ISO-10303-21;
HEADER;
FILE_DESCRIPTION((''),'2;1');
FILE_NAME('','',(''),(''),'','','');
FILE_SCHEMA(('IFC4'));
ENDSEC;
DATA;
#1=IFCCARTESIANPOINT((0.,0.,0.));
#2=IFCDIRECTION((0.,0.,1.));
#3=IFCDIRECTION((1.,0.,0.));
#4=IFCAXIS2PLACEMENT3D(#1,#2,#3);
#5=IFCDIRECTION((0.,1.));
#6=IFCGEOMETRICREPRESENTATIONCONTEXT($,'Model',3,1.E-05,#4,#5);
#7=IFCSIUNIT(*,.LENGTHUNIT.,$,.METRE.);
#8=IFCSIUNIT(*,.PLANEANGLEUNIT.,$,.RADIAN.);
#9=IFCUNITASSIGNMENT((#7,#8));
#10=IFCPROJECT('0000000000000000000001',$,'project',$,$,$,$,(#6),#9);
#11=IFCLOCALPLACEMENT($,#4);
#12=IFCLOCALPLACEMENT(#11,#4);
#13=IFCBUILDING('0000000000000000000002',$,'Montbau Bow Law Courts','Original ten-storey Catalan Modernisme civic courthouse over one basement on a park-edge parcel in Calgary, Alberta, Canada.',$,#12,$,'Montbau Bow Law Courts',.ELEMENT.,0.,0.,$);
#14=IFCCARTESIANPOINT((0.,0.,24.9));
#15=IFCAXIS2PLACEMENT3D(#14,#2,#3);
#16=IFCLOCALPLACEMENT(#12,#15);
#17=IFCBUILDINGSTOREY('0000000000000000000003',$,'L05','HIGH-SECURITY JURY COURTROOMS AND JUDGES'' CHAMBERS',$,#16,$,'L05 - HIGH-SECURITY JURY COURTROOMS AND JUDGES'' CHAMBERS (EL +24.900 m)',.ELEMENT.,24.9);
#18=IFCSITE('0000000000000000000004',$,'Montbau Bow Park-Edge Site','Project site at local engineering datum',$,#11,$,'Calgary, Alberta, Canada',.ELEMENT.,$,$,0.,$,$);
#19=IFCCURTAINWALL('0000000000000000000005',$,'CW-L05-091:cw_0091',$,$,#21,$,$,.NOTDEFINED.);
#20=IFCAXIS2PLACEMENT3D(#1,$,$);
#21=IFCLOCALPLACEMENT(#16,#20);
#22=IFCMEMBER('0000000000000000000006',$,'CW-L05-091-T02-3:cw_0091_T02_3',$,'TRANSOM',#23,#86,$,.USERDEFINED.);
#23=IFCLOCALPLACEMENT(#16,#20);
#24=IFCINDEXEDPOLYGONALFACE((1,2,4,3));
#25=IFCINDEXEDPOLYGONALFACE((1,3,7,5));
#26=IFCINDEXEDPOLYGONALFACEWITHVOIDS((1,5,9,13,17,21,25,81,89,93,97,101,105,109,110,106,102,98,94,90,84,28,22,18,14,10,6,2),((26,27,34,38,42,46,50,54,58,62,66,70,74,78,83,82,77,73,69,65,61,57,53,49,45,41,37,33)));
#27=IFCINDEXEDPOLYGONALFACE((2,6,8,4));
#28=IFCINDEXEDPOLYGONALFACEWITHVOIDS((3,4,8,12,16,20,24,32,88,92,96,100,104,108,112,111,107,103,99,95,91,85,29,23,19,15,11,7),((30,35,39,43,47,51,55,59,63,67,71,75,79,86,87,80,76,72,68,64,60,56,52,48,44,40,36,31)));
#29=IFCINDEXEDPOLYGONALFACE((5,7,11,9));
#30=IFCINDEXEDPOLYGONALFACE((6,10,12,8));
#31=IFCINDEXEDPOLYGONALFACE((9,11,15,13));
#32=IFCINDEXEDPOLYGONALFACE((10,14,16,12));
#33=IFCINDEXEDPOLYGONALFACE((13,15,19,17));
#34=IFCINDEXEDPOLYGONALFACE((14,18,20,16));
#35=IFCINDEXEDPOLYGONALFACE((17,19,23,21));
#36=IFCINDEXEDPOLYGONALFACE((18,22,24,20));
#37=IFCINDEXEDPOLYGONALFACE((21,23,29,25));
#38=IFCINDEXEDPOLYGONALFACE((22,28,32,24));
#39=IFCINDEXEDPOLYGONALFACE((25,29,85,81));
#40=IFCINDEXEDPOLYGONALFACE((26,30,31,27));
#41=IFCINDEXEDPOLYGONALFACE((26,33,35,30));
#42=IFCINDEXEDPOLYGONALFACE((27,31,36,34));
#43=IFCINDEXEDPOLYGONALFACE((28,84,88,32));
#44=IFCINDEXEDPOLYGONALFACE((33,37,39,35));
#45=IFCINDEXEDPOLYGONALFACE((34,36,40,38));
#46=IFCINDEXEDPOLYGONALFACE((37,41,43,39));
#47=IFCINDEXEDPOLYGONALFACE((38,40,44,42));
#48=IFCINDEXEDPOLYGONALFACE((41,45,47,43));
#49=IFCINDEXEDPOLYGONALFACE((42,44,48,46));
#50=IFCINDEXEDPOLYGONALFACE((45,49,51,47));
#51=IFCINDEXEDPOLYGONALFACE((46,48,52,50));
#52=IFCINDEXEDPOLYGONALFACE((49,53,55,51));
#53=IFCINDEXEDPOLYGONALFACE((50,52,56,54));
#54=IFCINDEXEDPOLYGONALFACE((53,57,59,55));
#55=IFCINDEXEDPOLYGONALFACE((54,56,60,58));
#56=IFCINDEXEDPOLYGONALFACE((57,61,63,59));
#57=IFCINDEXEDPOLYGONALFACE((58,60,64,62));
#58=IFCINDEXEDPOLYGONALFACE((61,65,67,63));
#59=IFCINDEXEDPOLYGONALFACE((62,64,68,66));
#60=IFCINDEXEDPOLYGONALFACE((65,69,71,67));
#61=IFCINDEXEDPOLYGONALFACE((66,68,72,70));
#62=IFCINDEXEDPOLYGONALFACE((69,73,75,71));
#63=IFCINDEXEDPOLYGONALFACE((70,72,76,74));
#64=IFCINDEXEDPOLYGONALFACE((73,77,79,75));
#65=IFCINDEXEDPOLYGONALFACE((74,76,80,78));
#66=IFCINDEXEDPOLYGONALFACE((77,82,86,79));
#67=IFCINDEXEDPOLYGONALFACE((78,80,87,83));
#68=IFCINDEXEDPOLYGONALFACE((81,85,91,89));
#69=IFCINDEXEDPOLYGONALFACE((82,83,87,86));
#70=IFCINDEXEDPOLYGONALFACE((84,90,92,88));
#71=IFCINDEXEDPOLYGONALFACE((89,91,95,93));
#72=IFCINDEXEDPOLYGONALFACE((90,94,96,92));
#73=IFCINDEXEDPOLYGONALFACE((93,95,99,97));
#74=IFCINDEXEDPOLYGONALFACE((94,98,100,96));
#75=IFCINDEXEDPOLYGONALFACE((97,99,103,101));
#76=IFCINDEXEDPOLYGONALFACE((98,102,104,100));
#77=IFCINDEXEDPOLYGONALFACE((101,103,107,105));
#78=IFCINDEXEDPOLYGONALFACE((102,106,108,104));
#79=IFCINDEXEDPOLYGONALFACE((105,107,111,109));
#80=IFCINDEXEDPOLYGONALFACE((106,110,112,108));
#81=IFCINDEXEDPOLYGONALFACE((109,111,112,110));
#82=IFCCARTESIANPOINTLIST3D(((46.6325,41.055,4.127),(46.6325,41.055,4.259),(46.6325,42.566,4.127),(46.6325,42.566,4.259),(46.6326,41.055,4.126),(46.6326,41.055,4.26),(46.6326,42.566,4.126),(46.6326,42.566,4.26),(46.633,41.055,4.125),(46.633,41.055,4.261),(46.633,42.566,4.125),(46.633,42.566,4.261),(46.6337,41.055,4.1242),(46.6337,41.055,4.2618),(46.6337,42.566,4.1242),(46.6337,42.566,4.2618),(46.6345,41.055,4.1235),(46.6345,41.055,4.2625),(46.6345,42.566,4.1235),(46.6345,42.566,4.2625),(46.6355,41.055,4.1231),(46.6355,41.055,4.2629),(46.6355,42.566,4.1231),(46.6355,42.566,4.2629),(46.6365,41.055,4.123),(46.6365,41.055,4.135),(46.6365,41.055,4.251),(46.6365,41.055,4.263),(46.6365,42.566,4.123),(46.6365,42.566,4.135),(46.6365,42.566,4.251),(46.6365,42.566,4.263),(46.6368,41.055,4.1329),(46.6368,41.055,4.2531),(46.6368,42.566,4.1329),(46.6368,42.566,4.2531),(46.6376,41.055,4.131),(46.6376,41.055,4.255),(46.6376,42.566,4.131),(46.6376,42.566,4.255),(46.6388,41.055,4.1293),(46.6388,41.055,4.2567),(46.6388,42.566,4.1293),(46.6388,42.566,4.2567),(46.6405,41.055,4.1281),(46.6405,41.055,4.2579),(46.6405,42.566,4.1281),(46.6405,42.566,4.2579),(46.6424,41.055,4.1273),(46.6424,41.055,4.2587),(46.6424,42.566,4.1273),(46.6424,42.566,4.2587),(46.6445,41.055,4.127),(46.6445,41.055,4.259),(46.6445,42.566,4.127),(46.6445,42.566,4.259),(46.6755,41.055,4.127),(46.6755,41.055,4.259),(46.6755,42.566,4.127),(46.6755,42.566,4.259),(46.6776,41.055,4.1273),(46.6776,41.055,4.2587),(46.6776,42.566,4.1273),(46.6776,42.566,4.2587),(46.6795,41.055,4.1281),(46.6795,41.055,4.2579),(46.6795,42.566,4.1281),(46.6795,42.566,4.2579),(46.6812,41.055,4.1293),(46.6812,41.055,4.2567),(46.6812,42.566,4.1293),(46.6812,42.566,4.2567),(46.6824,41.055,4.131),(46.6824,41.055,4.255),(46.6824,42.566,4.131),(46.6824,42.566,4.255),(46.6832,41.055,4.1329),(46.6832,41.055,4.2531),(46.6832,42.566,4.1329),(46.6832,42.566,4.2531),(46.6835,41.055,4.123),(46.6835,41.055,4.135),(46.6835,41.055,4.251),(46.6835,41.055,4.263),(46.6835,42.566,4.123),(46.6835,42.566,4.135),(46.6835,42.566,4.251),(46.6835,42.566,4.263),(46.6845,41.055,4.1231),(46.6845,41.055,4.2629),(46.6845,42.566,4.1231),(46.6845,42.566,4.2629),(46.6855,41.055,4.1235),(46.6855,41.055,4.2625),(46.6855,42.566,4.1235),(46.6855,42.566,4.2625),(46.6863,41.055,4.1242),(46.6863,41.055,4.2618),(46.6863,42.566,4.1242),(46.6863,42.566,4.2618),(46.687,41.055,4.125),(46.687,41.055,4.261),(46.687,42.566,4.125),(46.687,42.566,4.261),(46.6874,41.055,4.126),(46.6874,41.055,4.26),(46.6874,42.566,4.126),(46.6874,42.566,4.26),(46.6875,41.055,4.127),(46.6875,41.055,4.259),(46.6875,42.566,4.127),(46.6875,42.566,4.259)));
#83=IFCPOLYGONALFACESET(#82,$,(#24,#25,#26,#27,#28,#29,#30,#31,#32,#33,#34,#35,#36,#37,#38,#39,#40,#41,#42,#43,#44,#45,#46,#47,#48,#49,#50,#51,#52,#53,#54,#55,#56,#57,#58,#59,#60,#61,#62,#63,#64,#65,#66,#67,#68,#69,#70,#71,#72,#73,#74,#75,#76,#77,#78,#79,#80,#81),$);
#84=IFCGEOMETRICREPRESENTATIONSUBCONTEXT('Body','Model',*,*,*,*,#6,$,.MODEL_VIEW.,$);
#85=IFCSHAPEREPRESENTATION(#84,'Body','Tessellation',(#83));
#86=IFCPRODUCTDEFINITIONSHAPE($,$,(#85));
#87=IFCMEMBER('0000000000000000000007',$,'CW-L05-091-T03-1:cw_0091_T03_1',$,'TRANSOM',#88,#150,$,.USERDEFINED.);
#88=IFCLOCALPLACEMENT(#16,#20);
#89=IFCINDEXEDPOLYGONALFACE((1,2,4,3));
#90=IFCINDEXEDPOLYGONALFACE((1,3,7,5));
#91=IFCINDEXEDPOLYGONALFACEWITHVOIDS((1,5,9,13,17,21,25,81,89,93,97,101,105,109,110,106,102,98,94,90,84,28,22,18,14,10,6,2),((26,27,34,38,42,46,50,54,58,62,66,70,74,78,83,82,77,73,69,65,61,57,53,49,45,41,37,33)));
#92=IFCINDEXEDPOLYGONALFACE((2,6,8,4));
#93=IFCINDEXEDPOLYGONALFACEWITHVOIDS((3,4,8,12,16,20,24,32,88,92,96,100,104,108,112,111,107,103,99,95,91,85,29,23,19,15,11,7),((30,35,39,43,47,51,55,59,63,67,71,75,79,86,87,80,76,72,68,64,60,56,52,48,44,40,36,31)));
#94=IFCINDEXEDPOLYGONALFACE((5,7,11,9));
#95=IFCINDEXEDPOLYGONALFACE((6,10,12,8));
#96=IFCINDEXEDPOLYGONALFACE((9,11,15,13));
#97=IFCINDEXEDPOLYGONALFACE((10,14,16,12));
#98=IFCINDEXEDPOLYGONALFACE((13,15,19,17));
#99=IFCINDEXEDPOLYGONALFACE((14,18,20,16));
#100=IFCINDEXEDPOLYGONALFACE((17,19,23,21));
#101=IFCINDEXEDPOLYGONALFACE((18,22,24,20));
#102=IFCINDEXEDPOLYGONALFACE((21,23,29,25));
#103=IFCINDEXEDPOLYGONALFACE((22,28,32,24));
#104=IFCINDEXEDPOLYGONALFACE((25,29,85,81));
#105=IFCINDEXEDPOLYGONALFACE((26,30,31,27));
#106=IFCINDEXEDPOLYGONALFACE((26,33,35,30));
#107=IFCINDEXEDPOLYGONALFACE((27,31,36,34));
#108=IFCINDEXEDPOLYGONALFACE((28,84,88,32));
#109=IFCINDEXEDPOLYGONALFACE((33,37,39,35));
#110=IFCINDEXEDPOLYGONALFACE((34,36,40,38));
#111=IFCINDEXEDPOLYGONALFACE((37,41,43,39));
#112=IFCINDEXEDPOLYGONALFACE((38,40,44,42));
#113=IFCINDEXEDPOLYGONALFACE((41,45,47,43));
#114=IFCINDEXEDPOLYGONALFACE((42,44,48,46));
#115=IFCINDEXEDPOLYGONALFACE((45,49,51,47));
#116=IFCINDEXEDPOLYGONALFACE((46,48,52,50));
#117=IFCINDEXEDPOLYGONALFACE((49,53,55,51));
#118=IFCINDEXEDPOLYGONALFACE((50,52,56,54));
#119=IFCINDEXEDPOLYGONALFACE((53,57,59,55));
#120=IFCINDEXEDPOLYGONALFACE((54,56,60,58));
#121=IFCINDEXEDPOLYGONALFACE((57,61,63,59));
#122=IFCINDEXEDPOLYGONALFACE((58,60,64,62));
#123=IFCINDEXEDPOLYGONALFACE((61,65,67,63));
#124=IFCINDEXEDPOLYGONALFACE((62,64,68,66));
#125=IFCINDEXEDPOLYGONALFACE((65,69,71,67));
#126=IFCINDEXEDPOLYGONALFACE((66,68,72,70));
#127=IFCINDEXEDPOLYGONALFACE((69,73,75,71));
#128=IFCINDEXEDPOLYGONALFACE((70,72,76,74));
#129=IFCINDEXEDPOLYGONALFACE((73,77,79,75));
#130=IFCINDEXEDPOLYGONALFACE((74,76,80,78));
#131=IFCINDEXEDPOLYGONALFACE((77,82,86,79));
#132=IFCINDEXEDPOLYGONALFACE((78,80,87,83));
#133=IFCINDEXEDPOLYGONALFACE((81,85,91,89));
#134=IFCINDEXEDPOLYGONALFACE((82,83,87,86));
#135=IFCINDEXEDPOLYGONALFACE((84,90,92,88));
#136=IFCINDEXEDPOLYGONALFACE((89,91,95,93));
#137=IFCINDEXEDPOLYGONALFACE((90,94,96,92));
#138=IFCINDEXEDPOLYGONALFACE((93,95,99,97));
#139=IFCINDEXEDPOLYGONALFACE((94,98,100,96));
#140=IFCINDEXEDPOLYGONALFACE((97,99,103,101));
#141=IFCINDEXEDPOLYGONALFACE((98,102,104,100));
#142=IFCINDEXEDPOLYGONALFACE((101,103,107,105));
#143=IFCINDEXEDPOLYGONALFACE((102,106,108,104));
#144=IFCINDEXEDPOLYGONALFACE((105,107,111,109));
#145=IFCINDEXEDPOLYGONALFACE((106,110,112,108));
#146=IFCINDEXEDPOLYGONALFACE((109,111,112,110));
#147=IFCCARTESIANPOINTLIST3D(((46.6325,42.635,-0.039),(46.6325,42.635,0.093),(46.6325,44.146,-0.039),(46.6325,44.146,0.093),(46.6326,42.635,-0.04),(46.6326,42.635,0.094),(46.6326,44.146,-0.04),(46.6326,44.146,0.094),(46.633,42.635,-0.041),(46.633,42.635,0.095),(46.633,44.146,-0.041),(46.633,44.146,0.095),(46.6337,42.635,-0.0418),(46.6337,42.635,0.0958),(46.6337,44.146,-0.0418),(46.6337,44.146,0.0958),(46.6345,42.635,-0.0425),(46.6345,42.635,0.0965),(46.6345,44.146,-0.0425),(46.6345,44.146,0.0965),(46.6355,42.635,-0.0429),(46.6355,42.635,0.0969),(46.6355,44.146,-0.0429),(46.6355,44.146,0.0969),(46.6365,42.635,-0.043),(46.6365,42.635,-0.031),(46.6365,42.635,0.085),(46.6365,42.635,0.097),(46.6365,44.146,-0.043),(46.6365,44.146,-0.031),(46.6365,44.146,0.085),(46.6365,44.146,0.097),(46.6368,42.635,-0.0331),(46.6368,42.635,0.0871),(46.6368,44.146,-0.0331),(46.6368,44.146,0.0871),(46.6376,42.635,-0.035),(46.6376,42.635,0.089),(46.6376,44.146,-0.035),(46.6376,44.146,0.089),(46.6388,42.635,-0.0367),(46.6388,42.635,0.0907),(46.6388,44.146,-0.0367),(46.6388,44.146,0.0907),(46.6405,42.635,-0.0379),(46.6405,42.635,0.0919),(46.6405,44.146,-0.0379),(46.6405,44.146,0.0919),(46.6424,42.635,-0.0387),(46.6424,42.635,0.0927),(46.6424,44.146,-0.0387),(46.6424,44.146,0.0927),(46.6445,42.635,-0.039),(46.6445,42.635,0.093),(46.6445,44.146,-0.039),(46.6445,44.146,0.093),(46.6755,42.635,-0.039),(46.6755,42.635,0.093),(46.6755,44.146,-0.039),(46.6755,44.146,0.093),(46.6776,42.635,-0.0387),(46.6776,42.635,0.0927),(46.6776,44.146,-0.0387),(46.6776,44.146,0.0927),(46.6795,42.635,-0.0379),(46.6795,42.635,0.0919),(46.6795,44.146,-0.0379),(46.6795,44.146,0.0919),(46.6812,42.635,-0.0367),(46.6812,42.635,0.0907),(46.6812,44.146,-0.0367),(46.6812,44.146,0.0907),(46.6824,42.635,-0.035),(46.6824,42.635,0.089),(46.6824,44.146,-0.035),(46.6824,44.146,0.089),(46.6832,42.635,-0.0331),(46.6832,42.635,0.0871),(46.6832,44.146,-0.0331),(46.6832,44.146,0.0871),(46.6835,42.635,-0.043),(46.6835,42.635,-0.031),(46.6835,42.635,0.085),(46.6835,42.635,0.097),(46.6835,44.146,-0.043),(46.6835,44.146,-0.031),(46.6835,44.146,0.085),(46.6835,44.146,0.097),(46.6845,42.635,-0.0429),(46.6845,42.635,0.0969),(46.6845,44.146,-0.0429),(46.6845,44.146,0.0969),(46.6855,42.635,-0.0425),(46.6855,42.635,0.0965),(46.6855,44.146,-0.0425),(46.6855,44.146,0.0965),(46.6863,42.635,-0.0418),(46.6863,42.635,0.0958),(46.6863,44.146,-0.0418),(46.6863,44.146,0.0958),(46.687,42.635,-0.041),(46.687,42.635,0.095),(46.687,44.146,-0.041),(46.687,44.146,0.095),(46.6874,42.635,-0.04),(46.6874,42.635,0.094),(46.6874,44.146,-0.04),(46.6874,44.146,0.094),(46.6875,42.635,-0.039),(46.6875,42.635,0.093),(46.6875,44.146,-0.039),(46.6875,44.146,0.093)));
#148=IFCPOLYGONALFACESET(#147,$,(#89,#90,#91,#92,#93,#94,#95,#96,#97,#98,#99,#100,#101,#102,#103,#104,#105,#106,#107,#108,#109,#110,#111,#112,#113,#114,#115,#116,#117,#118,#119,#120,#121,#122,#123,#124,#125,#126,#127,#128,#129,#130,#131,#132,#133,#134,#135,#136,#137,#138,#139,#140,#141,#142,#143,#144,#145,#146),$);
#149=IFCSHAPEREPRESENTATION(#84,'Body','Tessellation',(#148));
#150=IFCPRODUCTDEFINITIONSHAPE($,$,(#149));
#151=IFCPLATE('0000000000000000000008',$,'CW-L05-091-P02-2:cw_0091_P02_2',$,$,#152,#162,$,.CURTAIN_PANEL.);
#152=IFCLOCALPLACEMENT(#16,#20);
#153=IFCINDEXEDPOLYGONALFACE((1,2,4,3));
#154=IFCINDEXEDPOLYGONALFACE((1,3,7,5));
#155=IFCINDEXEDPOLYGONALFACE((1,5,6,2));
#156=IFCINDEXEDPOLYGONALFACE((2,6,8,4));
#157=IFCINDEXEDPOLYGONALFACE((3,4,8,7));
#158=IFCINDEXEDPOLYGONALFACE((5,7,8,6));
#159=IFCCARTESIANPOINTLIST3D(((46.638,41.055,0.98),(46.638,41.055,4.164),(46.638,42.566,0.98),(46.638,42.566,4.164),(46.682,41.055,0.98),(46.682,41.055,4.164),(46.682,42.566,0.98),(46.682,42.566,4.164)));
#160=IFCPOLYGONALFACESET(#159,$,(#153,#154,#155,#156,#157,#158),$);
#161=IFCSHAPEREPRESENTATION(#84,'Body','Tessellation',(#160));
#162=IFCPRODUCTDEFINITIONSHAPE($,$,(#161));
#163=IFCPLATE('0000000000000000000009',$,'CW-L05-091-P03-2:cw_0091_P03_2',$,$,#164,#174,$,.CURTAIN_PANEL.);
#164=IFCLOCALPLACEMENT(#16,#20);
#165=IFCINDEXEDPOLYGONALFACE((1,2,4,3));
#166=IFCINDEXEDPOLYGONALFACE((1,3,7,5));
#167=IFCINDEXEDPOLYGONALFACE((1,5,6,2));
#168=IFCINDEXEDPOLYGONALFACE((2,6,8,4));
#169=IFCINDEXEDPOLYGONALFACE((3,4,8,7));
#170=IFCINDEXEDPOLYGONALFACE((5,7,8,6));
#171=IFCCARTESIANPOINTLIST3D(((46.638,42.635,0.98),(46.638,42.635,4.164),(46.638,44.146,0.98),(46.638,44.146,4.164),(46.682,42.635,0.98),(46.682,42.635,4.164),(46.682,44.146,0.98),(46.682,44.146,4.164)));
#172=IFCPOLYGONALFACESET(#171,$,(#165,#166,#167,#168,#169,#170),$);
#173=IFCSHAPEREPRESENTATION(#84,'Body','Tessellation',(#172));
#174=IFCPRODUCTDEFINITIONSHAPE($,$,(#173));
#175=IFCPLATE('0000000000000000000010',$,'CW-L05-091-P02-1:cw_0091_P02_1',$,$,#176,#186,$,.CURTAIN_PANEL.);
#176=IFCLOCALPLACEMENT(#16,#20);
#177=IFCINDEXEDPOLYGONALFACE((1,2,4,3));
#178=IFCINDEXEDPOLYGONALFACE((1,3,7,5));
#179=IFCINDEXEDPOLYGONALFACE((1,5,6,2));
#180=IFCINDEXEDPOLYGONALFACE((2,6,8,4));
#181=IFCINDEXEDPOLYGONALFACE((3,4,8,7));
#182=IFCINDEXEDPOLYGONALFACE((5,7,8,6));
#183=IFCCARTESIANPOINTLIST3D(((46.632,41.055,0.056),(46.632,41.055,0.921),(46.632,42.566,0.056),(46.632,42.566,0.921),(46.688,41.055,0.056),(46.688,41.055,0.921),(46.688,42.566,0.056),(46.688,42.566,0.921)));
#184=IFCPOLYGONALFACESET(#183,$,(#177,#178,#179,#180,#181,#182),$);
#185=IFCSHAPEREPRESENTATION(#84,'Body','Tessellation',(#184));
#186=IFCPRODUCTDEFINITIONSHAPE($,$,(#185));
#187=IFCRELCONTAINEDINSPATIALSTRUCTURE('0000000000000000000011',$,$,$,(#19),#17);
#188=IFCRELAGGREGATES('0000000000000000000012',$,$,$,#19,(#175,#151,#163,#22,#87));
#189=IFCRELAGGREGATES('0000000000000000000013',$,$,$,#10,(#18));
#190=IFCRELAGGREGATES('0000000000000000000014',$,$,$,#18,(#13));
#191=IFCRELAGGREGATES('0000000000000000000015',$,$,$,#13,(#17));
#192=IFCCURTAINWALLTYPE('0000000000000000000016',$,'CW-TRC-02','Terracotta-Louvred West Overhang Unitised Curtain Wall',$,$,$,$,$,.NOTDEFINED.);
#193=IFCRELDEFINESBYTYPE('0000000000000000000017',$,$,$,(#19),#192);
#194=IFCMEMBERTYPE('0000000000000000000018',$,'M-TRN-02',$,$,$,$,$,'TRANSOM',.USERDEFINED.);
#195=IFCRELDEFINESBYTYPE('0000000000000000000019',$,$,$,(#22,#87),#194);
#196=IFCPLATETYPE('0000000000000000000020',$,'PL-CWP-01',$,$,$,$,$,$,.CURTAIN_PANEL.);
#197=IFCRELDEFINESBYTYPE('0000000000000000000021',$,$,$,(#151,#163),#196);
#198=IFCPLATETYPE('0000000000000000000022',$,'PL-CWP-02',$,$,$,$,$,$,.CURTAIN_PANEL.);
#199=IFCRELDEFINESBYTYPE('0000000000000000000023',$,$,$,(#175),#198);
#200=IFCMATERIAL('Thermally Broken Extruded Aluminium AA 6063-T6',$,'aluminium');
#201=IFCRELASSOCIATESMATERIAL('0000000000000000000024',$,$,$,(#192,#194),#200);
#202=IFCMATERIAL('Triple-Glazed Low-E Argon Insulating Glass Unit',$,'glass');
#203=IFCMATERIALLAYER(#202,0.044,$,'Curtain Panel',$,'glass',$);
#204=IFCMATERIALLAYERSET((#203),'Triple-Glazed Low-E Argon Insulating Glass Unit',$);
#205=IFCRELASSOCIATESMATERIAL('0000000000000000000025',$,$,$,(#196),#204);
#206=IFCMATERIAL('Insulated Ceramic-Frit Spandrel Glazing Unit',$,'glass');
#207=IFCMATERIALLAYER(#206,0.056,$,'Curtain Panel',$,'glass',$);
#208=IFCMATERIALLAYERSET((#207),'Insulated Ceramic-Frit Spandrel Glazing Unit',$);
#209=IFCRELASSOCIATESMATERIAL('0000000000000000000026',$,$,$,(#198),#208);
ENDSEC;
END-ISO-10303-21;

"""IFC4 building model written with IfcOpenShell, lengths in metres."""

from ifc_helpers import new_model, si_unit, direction, frame, frame_2d, origin_with_axes, origin_2d_with_axis, place, context, subcontext, project, spatial, rectangle, hollow_rectangle, extrude, material, layer, layer_set, material_profile, profile_set, type_object, element, aggregate, save


model = new_model("IFC4")

# Units and contexts
model_context = context("Model", 3, precision=1e-05, world=origin_with_axes(), true_north=direction((0.0, 1.0)))
body_context = subcontext(model_context, "Body", "Model", "MODEL_VIEW")
ifc_project = project(units=[si_unit("LENGTHUNIT", "METRE"), si_unit("PLANEANGLEUNIT", "RADIAN")], contexts=[model_context])

# Site, building, storey
site_placement = place(None, origin_with_axes())
site = spatial("IfcSite", under=ifc_project, at=site_placement, Name="Montbau Bow Park-Edge Site", Description="Project site at local engineering datum", LongName="Calgary, Alberta, Canada", CompositionType="ELEMENT", RefElevation=0.0)
building_placement = place(site_placement, origin_with_axes())
building = spatial("IfcBuilding", under=site, at=building_placement, Name="Montbau Bow Law Courts", Description="Original ten-storey Catalan Modernisme civic courthouse over one basement on a park-edge parcel in Calgary, Alberta, Canada.", LongName="Montbau Bow Law Courts", CompositionType="ELEMENT", ElevationOfRefHeight=0.0, ElevationOfTerrain=0.0)
storey_placement = place(building_placement, frame((0.0, 0.0, 24.9), z_axis=(0.0, 0.0, 1.0), x_axis=(1.0, 0.0, 0.0)))
storey = spatial("IfcBuildingStorey", under=building, at=storey_placement, Name="L05", Description="HIGH-SECURITY JURY COURTROOMS AND JUDGES' CHAMBERS", LongName="L05 - HIGH-SECURITY JURY COURTROOMS AND JUDGES' CHAMBERS (EL +24.900 m)", CompositionType="ELEMENT", Elevation=24.9)

# Curtain wall, members, plates
ifc_material_1 = material(Name="Thermally Broken Extruded Aluminium AA 6063-T6", Category="aluminium")
curtain_wall_type = type_object("IfcCurtainWallType", Name="CW-TRC-02", Description="Terracotta-Louvred West Overhang Unitised Curtain Wall", PredefinedType="NOTDEFINED", material=ifc_material_1)
curtain_wall_placement = place(None, frame((46.66, 39.44, 24.9), z_axis=(0.0, 0.0, 1.0), x_axis=(1.0, 0.0, 0.0)))
curtain_wall = element("IfcCurtainWall", 1, at=curtain_wall_placement, inside=storey, type_object=curtain_wall_type, Name="CW-L05-091:cw_0091", PredefinedType="NOTDEFINED")
ifc_material_profile_1 = material_profile(ifc_material_1, hollow_rectangle(XDim=0.055, YDim=0.14, WallThickness=0.004, InnerFilletRadius=0.008, OuterFilletRadius=0.004, at=origin_2d_with_axis()), Name="CWT-140X55", Category="Main", Priority=0)
ifc_profile_set_1 = profile_set([ifc_material_profile_1], Name="Thermally Broken Extruded Aluminium AA 6063-T6")
member_type_1 = type_object("IfcMemberType", Name="M-TRN-02", ElementType="TRANSOM", PredefinedType="USERDEFINED", material=ifc_profile_set_1)
member_1_placement = place(None, frame((46.66, 41.055, 29.093), z_axis=(0.0, 1.0, 0.0), x_axis=(-1.0, 0.0, 0.0)))
member_1 = element("IfcMember", 2, at=member_1_placement, type_object=member_type_1, Name="CW-L05-091-T02-3:cw_0091_T02_3", ObjectType="TRANSOM", PredefinedType="USERDEFINED", context=body_context, shape_type="SweptSolid", body=[
    extrude(hollow_rectangle(XDim=0.055, YDim=0.14, WallThickness=0.004, InnerFilletRadius=0.008, OuterFilletRadius=0.004, at=origin_2d_with_axis()), origin_with_axes(), (0.0, 0.0, 1.0), 1.511),
])
member_2_placement = place(None, frame((46.66, 42.635, 24.927), z_axis=(0.0, 1.0, 0.0), x_axis=(-1.0, 0.0, 0.0)))
member_2 = element("IfcMember", 3, at=member_2_placement, type_object=member_type_1, Name="CW-L05-091-T03-1:cw_0091_T03_1", ObjectType="TRANSOM", PredefinedType="USERDEFINED", context=body_context, shape_type="SweptSolid", body=[
    extrude(hollow_rectangle(XDim=0.055, YDim=0.14, WallThickness=0.004, InnerFilletRadius=0.008, OuterFilletRadius=0.004, at=origin_2d_with_axis()), origin_with_axes(), (0.0, 0.0, 1.0), 1.511),
])
ifc_material_2 = material(Name="Triple-Glazed Low-E Argon Insulating Glass Unit", Category="glass")
ifc_layer_1 = layer(ifc_material_2, 0.044, Name="Curtain Panel", Category="glass")
ifc_layer_set_1 = layer_set([ifc_layer_1], Name="Triple-Glazed Low-E Argon Insulating Glass Unit")
plate_type_1 = type_object("IfcPlateType", Name="PL-CWP-01", PredefinedType="CURTAIN_PANEL", material=ifc_layer_set_1)
plate_1_placement = place(None, frame((46.66, 41.055, 25.88), z_axis=(1.0, 0.0, 0.0), x_axis=(0.0, 1.0, 0.0)))
plate_1 = element("IfcPlate", 4, at=plate_1_placement, type_object=plate_type_1, Name="CW-L05-091-P02-2:cw_0091_P02_2", PredefinedType="CURTAIN_PANEL", context=body_context, shape_type="SweptSolid", body=[
    extrude(rectangle(XDim=1.511, YDim=3.184, at=frame_2d((0.7555, 1.592), x_axis=(1.0, 0.0))), frame((0.0, 0.0, -0.022), z_axis=(0.0, 0.0, 1.0), x_axis=(1.0, 0.0, 0.0)), (0.0, 0.0, 1.0), 0.044),
])
plate_2_placement = place(None, frame((46.66, 42.635, 25.88), z_axis=(1.0, 0.0, 0.0), x_axis=(0.0, 1.0, 0.0)))
plate_2 = element("IfcPlate", 5, at=plate_2_placement, type_object=plate_type_1, Name="CW-L05-091-P03-2:cw_0091_P03_2", PredefinedType="CURTAIN_PANEL", context=body_context, shape_type="SweptSolid", body=[
    extrude(rectangle(XDim=1.511, YDim=3.184, at=frame_2d((0.7555, 1.592), x_axis=(1.0, 0.0))), frame((0.0, 0.0, -0.022), z_axis=(0.0, 0.0, 1.0), x_axis=(1.0, 0.0, 0.0)), (0.0, 0.0, 1.0), 0.044),
])
ifc_material_3 = material(Name="Insulated Ceramic-Frit Spandrel Glazing Unit", Category="glass")
ifc_layer_2 = layer(ifc_material_3, 0.056, Name="Curtain Panel", Category="glass")
ifc_layer_set_2 = layer_set([ifc_layer_2], Name="Insulated Ceramic-Frit Spandrel Glazing Unit")
plate_type_2 = type_object("IfcPlateType", Name="PL-CWP-02", PredefinedType="CURTAIN_PANEL", material=ifc_layer_set_2)
plate_3_placement = place(None, frame((46.66, 41.055, 24.956), z_axis=(1.0, 0.0, 0.0), x_axis=(0.0, 1.0, 0.0)))
plate_3 = element("IfcPlate", 6, at=plate_3_placement, type_object=plate_type_2, Name="CW-L05-091-P02-1:cw_0091_P02_1", PredefinedType="CURTAIN_PANEL", context=body_context, shape_type="SweptSolid", body=[
    extrude(rectangle(XDim=1.511, YDim=0.865, at=frame_2d((0.7555, 0.4325), x_axis=(1.0, 0.0))), frame((0.0, 0.0, -0.028), z_axis=(0.0, 0.0, 1.0), x_axis=(1.0, 0.0, 0.0)), (0.0, 0.0, 1.0), 0.056),
])
aggregate(curtain_wall, [plate_3, plate_1, plate_2, member_1, member_2])

save(model, "model.ifc")
